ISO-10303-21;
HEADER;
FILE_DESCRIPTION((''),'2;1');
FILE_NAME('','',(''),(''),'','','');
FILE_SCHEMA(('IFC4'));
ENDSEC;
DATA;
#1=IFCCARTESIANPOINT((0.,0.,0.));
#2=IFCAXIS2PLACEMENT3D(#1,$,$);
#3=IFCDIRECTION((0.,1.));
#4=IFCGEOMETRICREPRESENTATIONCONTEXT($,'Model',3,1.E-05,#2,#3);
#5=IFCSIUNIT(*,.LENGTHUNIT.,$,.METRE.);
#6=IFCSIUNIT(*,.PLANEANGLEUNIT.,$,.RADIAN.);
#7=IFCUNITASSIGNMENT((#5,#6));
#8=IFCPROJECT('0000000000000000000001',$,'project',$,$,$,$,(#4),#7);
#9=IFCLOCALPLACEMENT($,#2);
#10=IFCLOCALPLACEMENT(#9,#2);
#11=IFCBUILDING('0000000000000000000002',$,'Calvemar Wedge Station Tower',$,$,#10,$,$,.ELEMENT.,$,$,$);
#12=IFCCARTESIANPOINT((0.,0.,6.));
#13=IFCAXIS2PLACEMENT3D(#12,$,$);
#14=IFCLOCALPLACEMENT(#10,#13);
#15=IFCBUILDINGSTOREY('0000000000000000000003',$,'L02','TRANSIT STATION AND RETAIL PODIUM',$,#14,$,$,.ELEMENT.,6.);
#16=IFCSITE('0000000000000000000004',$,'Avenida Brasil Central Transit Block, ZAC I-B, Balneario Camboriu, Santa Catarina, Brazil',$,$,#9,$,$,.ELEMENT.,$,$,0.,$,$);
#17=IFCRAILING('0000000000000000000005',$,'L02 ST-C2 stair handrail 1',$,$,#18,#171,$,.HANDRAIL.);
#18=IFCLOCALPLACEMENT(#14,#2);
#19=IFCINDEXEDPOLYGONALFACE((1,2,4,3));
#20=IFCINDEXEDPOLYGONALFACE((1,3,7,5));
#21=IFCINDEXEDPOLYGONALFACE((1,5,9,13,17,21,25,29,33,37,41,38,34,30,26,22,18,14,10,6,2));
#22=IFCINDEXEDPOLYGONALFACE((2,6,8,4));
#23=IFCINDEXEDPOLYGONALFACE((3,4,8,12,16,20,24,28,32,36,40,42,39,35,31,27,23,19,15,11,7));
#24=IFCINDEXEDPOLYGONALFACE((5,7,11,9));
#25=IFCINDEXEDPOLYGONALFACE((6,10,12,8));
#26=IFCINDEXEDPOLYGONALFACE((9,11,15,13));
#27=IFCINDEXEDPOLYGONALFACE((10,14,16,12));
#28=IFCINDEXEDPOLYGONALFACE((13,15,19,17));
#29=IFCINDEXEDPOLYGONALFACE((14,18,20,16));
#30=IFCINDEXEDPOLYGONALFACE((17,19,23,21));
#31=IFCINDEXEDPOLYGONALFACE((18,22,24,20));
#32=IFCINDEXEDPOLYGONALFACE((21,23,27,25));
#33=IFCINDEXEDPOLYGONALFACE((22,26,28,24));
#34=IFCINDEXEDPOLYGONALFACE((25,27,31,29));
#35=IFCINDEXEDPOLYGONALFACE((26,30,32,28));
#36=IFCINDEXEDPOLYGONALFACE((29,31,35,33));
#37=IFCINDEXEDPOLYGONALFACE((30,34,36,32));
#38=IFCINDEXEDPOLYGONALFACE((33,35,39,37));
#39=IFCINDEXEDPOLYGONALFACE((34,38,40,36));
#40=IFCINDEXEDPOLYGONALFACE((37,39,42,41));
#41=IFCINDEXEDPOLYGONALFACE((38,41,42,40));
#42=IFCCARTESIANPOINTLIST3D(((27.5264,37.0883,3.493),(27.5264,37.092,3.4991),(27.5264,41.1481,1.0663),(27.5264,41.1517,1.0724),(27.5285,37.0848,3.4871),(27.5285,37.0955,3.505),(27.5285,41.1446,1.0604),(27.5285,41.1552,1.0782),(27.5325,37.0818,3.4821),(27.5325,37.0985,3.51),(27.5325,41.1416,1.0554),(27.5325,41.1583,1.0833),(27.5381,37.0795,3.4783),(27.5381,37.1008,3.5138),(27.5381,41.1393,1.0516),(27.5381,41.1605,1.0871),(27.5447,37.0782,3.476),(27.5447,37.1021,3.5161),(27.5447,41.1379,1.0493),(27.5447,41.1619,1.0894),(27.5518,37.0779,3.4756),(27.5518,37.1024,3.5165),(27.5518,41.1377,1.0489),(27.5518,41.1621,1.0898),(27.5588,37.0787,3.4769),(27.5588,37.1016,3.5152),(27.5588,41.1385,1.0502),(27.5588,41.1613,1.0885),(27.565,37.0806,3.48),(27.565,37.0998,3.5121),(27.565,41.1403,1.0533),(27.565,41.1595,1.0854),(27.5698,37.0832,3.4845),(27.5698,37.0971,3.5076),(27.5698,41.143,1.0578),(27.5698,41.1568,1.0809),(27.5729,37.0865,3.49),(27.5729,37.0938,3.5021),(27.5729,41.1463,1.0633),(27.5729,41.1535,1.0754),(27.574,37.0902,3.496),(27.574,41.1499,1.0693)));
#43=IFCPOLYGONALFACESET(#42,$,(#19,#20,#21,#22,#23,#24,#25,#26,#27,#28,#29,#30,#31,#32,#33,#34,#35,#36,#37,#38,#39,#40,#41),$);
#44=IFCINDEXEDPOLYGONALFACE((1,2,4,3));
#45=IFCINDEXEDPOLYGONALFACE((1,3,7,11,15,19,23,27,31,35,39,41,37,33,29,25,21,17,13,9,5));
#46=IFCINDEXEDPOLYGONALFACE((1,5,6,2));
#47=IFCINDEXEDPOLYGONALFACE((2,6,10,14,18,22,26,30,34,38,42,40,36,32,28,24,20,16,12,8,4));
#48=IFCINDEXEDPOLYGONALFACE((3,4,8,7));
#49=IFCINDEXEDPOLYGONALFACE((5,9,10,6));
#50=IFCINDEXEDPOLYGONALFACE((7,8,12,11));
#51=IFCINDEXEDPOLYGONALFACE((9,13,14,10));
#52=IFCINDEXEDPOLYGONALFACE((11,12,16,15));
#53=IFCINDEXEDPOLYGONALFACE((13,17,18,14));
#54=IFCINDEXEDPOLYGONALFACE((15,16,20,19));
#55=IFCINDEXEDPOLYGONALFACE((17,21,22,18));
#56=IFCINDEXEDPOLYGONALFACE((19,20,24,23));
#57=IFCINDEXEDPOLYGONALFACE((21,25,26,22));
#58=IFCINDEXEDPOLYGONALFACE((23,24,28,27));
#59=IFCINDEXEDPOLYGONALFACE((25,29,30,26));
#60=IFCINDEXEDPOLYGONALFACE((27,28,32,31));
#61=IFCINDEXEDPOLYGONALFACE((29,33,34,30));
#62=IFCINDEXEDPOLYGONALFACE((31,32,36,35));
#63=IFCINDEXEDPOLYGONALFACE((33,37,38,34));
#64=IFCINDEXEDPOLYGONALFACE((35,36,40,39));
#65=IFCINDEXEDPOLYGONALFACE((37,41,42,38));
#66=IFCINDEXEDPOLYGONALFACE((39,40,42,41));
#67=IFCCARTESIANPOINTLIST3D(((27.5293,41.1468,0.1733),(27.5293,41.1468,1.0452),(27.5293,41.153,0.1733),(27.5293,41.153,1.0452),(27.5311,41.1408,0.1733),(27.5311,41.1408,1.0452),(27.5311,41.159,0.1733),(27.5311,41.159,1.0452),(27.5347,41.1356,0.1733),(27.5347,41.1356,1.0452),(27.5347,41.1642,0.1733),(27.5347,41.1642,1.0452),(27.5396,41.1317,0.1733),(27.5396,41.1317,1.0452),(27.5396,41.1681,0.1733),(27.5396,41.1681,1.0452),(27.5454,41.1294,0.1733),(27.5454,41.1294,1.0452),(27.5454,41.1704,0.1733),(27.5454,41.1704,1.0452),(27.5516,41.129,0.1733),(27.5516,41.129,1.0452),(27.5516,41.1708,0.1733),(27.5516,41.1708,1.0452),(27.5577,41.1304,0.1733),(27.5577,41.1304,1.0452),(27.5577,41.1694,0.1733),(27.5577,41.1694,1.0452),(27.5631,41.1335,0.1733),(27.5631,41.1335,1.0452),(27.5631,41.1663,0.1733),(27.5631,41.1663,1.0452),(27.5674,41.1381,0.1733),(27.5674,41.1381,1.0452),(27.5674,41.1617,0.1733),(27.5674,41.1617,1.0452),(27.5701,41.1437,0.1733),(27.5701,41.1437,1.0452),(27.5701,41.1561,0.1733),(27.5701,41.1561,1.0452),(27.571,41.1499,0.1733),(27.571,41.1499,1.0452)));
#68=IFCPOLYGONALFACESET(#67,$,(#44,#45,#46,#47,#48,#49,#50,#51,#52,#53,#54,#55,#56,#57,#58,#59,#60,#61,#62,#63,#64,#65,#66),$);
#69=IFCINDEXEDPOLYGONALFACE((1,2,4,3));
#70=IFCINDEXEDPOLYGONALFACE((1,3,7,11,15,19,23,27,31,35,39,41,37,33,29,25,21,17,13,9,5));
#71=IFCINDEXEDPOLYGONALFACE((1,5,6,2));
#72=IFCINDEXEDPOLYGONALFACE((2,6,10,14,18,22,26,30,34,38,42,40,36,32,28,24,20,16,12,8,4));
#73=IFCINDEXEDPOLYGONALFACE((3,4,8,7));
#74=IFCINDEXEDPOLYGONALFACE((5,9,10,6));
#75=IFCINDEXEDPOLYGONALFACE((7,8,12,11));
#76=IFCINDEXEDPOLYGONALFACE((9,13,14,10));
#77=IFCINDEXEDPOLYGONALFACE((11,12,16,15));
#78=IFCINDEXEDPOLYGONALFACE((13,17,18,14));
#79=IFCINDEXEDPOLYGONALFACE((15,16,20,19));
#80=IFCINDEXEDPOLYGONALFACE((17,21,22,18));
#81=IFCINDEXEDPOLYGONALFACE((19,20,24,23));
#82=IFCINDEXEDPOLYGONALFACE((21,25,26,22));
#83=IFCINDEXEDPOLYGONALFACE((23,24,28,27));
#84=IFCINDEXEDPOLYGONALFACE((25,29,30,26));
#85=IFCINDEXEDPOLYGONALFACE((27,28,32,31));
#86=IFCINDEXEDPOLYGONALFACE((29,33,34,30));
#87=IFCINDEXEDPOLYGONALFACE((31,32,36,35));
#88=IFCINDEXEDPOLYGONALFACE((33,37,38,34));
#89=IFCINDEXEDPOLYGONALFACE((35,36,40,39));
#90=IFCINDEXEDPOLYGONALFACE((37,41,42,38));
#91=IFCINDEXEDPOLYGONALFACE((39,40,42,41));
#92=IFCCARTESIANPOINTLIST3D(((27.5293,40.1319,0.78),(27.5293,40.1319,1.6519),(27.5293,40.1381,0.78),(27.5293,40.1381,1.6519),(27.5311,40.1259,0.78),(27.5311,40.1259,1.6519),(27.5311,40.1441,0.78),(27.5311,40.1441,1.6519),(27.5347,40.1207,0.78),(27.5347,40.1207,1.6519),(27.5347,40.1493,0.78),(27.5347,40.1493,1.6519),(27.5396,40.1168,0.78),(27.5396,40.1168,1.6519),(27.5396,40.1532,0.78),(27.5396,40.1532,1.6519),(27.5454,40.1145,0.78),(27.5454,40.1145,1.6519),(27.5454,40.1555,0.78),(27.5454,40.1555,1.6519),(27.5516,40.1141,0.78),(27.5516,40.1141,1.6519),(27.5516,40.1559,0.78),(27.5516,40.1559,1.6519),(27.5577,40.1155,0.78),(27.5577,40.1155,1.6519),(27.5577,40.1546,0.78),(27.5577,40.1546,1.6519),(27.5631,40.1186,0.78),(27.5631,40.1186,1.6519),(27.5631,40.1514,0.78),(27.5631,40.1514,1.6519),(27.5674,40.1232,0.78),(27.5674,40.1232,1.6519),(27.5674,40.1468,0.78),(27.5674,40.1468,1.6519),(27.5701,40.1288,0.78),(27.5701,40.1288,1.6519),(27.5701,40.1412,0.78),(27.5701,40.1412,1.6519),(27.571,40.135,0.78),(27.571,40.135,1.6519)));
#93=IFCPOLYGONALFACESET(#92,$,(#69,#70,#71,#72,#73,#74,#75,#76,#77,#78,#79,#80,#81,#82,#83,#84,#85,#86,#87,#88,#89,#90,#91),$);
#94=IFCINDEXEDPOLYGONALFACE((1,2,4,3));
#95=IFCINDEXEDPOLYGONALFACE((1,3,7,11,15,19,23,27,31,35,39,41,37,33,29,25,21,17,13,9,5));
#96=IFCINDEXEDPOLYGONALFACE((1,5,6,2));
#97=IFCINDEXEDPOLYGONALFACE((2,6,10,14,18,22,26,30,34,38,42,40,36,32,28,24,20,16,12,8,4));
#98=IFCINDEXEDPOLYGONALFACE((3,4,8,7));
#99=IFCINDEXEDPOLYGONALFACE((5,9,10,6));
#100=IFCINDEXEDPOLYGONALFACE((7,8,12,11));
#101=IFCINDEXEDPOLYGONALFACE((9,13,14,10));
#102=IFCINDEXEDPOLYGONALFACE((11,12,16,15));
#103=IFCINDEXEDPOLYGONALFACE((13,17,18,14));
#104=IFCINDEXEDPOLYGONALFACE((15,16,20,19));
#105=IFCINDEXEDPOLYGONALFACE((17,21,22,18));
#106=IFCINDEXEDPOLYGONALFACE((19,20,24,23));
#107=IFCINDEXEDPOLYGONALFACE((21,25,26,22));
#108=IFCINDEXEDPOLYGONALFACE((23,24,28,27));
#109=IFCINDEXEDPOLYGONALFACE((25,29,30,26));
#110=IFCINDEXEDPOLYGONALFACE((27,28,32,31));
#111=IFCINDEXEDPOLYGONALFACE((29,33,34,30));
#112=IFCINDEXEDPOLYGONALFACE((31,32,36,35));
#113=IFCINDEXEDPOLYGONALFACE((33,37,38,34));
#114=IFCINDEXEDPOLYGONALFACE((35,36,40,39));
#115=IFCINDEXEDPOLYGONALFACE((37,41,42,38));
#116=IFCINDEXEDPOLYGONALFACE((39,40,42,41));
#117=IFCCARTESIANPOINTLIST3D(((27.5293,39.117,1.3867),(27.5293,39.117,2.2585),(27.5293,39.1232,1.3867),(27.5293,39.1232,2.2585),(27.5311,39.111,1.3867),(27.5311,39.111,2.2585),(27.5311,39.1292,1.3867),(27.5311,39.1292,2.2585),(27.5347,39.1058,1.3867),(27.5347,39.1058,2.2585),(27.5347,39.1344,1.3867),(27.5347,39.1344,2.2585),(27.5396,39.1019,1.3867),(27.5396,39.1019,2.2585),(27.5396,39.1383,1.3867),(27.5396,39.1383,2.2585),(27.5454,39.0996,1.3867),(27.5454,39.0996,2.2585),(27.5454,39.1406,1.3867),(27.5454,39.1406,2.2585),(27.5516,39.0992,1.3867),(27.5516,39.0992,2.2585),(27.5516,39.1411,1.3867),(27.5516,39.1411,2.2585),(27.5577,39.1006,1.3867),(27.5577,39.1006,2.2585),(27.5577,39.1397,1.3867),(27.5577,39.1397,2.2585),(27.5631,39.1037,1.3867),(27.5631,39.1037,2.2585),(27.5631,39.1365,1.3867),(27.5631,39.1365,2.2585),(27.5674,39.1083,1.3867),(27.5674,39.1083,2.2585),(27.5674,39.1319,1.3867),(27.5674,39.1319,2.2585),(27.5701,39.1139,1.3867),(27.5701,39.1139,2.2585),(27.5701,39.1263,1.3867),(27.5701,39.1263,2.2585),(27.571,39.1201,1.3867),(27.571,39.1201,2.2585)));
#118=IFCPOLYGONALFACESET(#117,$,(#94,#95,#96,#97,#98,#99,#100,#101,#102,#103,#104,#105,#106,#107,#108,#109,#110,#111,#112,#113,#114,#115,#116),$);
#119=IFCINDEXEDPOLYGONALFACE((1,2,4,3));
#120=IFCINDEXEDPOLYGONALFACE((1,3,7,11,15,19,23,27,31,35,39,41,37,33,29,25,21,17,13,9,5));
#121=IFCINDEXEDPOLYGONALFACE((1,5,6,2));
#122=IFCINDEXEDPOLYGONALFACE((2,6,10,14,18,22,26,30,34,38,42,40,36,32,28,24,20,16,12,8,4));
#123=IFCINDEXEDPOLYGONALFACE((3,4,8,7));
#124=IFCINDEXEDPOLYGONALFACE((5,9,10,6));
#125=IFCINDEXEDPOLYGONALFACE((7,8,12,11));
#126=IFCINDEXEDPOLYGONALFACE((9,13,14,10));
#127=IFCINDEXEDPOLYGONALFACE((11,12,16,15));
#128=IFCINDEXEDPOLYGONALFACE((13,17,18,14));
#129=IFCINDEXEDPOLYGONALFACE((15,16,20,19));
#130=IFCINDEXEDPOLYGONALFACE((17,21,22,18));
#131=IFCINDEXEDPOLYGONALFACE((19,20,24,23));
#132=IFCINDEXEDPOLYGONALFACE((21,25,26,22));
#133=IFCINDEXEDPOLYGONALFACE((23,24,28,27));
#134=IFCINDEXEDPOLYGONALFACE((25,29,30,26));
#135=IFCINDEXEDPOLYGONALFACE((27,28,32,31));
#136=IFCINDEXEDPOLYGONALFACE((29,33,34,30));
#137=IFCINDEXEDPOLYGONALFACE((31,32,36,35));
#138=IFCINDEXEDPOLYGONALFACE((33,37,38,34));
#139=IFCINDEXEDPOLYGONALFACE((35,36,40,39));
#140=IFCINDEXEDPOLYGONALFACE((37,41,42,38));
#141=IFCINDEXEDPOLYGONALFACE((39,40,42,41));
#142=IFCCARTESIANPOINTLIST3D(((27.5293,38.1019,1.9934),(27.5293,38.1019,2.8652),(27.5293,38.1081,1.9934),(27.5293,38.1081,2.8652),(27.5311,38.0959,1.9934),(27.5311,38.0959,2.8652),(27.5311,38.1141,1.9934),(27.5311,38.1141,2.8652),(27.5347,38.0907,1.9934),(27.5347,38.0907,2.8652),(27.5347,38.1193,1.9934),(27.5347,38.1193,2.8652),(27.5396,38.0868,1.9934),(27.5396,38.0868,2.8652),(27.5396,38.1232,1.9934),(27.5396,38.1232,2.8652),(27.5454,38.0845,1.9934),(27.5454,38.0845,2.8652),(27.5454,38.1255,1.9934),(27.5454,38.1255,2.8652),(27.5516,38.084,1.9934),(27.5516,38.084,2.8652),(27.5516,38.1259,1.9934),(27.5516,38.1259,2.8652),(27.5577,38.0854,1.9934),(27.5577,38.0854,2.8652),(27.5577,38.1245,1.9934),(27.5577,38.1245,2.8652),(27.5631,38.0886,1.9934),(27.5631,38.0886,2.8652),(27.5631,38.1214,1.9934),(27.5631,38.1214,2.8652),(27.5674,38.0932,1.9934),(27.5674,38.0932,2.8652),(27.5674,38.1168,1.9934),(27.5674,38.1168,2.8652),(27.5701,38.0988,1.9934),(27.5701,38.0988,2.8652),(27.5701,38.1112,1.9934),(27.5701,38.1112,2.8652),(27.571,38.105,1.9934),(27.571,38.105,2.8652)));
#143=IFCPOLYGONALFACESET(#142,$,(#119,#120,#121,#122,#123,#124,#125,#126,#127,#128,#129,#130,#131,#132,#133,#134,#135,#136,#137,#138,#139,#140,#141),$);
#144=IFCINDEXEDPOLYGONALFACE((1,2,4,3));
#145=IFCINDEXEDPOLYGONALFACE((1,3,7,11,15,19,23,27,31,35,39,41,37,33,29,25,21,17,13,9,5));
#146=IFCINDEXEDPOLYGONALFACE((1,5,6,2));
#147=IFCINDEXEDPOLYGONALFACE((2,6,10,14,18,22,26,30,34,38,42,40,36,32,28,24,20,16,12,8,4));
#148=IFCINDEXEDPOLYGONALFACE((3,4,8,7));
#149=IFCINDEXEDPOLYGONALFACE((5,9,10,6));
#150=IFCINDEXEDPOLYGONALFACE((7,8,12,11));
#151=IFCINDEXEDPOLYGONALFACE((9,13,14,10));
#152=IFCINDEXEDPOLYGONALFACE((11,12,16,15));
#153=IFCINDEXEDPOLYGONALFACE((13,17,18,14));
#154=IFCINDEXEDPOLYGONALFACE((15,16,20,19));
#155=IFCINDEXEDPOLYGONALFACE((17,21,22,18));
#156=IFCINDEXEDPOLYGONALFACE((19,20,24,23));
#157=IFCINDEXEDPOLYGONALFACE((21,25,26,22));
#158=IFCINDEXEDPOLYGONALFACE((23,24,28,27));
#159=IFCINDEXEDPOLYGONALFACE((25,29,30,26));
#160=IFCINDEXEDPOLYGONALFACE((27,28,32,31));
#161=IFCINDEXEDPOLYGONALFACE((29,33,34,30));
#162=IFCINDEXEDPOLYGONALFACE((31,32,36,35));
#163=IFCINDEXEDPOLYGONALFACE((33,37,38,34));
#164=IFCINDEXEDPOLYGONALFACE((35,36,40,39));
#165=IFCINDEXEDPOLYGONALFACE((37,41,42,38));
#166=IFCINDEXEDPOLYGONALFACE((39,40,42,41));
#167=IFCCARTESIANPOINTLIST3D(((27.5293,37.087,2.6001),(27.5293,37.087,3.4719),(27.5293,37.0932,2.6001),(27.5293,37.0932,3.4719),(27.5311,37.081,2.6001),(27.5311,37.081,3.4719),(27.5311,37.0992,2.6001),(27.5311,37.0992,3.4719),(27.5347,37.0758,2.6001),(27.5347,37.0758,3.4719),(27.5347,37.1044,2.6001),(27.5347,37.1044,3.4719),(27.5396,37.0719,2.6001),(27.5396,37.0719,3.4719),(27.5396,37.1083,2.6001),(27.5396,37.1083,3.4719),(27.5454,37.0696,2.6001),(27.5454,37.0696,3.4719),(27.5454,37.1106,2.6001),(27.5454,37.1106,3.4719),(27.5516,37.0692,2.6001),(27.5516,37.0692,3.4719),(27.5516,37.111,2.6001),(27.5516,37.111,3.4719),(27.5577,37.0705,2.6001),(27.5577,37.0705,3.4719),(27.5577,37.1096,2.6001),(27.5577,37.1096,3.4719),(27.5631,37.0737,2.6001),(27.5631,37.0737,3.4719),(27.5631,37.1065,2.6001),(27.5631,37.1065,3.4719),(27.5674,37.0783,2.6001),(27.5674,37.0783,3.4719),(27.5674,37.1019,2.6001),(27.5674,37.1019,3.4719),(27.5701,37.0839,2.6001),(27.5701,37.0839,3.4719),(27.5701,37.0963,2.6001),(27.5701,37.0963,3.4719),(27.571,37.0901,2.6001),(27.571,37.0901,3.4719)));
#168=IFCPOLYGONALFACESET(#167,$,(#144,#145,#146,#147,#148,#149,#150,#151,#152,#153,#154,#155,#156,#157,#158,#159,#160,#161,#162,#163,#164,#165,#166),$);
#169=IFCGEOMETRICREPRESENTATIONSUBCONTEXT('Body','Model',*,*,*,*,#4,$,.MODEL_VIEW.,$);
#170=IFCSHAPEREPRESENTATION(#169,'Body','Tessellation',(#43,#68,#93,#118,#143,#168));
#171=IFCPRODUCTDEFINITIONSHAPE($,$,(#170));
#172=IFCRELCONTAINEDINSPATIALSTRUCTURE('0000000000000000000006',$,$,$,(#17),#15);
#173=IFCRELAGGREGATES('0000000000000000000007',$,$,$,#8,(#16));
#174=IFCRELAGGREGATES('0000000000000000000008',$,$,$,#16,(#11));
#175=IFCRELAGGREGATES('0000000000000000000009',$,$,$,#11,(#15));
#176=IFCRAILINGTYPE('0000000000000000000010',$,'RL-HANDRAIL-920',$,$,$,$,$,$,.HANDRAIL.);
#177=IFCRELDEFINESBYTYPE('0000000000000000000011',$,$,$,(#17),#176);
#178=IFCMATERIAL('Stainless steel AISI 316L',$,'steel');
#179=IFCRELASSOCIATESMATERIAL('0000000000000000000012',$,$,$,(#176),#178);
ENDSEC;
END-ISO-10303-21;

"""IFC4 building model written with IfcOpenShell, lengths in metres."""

from ifc_helpers import new_model, si_unit, direction, frame, origin, origin_2d, place, context, subcontext, project, spatial, circle, extrude, material, type_object, element, save


model = new_model("IFC4")

# Units and contexts
model_context = context("Model", 3, precision=1e-05, world=origin(), true_north=direction((0.0, 1.0)))
body_context = subcontext(model_context, "Body", "Model", "MODEL_VIEW")
ifc_project = project(units=[si_unit("LENGTHUNIT", "METRE"), si_unit("PLANEANGLEUNIT", "RADIAN")], contexts=[model_context])

# Site, building, storey
site_placement = place(None, origin())
site = spatial("IfcSite", under=ifc_project, at=site_placement, Name="Avenida Brasil Central Transit Block, ZAC I-B, Balneario Camboriu, Santa Catarina, Brazil", CompositionType="ELEMENT", RefElevation=0.0)
building_placement = place(site_placement, origin())
building = spatial("IfcBuilding", under=site, at=building_placement, Name="Calvemar Wedge Station Tower", CompositionType="ELEMENT")
storey_placement = place(building_placement, frame((0.0, 0.0, 6.0)))
storey = spatial("IfcBuildingStorey", under=building, at=storey_placement, Name="L02", Description="TRANSIT STATION AND RETAIL PODIUM", CompositionType="ELEMENT", Elevation=6.0)

# Railing
ifc_material_1 = material(Name="Stainless steel AISI 316L", Category="steel")
railing_type_1 = type_object("IfcRailingType", Name="RL-HANDRAIL-920", PredefinedType="HANDRAIL", material=ifc_material_1)
railing_1_placement = place(storey_placement, frame((27.55, 41.1499, 0.1733)))
element("IfcRailing", 1, at=railing_1_placement, inside=storey, type_object=railing_type_1, Name="L02 ST-C2 stair handrail 1", PredefinedType="HANDRAIL", context=body_context, shape_type="SweptSolid", body=[
    extrude(circle(Radius=0.0239, at=origin_2d()), frame((0.0, 0.0, 0.896), z_axis=(0.0, -0.858343, 0.513076), x_axis=(1.0, 0.0, 0.0)), (0.0, 0.0, 1.0), 4.7297),
    extrude(circle(Radius=0.021, at=origin_2d()), origin(), (0.0, 0.0, 1.0), 0.8718),
    extrude(circle(Radius=0.021, at=origin_2d()), frame((0.0, -1.0149, 0.6067)), (0.0, 0.0, 1.0), 0.8718),
    extrude(circle(Radius=0.021, at=origin_2d()), frame((0.0, -2.0298, 1.2134)), (0.0, 0.0, 1.0), 0.8718),
    extrude(circle(Radius=0.021, at=origin_2d()), frame((0.0, -3.0449, 1.8201)), (0.0, 0.0, 1.0), 0.8718),
    extrude(circle(Radius=0.021, at=origin_2d()), frame((0.0, -4.0598, 2.4268)), (0.0, 0.0, 1.0), 0.8718),
])

save(model, "model.ifc")
